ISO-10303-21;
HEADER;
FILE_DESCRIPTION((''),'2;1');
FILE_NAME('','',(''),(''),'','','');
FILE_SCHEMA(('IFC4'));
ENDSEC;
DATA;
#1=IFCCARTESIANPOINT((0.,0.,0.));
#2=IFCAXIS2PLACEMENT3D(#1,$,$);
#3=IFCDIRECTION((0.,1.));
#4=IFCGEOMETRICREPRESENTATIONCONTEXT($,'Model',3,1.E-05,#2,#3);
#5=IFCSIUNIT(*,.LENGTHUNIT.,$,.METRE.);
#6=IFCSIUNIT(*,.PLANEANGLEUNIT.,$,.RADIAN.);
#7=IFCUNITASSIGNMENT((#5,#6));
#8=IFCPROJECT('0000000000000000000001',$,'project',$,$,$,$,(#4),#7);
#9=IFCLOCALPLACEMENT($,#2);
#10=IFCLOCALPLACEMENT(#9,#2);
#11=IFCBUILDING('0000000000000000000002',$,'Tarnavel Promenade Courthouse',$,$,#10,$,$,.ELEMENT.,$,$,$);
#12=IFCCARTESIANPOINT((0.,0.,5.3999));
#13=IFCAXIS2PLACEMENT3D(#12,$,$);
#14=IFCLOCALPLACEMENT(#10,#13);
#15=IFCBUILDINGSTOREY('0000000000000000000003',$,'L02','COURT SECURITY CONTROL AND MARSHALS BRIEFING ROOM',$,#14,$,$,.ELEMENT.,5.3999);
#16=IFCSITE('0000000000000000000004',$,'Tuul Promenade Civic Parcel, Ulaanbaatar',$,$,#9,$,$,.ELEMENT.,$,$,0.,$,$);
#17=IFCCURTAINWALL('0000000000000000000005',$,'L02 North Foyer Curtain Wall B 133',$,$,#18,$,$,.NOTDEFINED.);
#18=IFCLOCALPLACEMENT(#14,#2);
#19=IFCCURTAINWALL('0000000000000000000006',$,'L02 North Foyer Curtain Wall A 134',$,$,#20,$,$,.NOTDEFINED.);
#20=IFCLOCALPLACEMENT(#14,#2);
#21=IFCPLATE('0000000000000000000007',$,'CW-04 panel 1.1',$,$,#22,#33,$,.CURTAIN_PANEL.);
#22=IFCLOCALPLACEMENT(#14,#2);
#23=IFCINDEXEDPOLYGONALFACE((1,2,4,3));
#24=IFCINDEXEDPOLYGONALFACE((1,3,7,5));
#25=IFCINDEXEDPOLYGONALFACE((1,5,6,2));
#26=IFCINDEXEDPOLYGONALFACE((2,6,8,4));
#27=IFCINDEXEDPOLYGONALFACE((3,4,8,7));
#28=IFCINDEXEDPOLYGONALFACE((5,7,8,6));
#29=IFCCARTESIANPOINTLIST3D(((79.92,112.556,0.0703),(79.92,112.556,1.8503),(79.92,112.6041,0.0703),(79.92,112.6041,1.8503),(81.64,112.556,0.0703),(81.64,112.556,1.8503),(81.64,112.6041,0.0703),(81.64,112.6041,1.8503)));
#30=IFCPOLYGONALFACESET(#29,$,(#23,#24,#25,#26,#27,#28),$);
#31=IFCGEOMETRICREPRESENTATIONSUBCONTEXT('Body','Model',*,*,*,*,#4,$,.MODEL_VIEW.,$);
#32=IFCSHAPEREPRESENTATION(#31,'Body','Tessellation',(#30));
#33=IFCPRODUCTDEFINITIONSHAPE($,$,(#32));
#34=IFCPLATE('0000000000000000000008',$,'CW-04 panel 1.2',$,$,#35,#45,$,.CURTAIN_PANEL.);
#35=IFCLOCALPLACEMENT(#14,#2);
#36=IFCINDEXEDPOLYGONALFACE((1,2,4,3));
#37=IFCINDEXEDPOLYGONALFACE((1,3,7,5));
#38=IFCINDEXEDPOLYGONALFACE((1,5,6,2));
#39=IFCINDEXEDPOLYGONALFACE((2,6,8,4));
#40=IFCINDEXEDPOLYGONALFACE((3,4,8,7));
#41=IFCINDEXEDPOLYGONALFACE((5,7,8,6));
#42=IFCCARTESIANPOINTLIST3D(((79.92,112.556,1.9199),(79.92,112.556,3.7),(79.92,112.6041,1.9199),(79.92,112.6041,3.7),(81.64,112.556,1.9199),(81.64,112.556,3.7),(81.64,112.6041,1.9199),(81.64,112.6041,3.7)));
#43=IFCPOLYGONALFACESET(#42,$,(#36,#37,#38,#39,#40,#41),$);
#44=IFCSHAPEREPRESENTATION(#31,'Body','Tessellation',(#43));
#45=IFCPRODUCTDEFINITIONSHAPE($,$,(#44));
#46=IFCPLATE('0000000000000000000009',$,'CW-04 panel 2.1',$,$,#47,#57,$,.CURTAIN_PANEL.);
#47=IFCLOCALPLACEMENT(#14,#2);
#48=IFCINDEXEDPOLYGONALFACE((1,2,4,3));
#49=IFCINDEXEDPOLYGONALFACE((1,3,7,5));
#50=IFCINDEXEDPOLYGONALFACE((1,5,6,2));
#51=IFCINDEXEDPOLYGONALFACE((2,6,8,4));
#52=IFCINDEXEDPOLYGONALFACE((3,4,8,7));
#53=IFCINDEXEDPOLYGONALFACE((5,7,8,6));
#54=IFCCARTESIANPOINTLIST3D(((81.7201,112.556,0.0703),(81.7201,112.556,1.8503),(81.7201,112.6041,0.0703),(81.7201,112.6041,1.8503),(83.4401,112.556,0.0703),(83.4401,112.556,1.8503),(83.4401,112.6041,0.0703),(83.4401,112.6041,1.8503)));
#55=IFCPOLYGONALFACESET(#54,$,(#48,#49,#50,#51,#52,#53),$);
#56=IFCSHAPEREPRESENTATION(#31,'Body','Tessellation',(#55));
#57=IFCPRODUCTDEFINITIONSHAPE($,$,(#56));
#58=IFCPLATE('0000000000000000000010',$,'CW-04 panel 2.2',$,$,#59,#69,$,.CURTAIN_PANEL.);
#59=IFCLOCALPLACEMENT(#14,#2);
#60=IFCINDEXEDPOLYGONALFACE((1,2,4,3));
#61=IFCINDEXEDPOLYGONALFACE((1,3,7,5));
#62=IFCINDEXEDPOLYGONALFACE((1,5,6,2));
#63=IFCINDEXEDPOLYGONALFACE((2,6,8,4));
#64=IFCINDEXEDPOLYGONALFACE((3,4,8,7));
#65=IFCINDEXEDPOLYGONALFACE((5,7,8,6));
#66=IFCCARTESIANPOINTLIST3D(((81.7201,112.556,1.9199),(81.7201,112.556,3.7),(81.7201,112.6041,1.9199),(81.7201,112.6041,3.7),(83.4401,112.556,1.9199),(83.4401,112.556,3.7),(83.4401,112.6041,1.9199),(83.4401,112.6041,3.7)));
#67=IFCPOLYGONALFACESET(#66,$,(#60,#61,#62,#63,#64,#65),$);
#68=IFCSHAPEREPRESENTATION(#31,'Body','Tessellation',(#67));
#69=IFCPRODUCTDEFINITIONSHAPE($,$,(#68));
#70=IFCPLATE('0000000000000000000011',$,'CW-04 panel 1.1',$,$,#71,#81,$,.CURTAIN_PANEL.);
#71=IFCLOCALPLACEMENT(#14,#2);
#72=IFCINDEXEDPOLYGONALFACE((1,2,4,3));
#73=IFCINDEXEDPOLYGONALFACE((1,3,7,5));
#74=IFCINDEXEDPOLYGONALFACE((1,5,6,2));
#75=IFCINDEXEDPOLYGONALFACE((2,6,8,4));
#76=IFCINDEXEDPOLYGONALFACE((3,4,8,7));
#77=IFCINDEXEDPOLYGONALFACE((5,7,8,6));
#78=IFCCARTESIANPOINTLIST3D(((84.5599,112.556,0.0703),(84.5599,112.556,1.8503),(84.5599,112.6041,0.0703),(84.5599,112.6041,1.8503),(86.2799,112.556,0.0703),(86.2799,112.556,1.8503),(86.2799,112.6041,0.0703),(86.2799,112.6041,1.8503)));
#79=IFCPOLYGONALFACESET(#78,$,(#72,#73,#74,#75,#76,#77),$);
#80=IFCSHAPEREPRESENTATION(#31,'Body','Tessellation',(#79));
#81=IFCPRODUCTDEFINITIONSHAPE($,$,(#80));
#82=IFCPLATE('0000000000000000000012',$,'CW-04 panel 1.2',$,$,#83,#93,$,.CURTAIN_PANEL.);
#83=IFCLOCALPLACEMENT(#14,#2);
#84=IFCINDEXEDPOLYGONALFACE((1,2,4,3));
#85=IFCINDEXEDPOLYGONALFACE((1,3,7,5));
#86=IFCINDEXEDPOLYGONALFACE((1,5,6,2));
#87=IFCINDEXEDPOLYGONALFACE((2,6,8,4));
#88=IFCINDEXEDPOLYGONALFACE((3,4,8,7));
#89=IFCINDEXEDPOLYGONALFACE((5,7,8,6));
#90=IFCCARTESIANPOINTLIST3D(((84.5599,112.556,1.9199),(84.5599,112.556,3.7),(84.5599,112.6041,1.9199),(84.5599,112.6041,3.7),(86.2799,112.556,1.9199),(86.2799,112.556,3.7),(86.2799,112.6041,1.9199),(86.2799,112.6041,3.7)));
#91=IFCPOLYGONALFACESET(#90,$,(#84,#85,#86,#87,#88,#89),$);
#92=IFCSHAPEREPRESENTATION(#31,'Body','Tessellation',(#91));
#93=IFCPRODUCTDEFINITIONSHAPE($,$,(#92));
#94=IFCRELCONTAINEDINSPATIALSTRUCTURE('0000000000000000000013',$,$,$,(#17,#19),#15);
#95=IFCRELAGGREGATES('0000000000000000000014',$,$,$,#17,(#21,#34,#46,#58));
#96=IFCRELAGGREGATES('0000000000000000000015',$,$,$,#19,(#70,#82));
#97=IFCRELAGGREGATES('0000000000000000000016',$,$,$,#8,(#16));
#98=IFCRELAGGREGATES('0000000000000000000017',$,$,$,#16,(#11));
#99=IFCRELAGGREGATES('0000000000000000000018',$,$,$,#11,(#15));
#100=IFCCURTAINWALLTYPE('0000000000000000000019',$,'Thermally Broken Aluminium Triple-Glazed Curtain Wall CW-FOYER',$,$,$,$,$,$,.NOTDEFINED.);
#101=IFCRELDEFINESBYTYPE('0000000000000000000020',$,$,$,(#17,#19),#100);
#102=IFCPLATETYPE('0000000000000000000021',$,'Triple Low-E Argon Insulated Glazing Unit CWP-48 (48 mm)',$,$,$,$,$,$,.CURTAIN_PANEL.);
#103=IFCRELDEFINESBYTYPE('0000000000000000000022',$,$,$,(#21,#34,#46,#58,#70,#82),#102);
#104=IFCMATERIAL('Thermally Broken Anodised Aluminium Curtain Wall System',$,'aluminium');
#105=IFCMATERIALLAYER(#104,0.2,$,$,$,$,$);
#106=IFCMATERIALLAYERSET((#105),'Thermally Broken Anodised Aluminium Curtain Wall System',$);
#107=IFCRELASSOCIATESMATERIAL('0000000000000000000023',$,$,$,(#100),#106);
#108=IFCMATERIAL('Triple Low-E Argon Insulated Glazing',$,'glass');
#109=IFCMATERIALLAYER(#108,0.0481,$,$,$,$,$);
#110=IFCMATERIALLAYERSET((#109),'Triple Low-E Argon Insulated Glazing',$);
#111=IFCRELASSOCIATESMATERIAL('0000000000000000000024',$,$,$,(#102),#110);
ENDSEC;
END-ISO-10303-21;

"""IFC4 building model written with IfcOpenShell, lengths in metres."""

from ifc_helpers import new_model, si_unit, direction, frame, origin, origin_2d, place, context, subcontext, project, spatial, rectangle, extrude, material, layer, layer_set, type_object, element, aggregate, save


model = new_model("IFC4")

# Units and contexts
model_context = context("Model", 3, precision=1e-05, world=origin(), true_north=direction((0.0, 1.0)))
body_context = subcontext(model_context, "Body", "Model", "MODEL_VIEW")
ifc_project = project(units=[si_unit("LENGTHUNIT", "METRE"), si_unit("PLANEANGLEUNIT", "RADIAN")], contexts=[model_context])

# Site, building, storey
site_placement = place(None, origin())
site = spatial("IfcSite", under=ifc_project, at=site_placement, Name="Tuul Promenade Civic Parcel, Ulaanbaatar", CompositionType="ELEMENT", RefElevation=0.0)
building_placement = place(site_placement, origin())
building = spatial("IfcBuilding", under=site, at=building_placement, Name="Tarnavel Promenade Courthouse", CompositionType="ELEMENT")
storey_placement = place(building_placement, frame((0.0, 0.0, 5.3999)))
storey = spatial("IfcBuildingStorey", under=building, at=storey_placement, Name="L02", Description="COURT SECURITY CONTROL AND MARSHALS BRIEFING ROOM", CompositionType="ELEMENT", Elevation=5.3999)

# Curtain walls
ifc_material_1 = material(Name="Thermally Broken Anodised Aluminium Curtain Wall System", Category="aluminium")
ifc_layer_1 = layer(ifc_material_1, 0.2)
ifc_layer_set_1 = layer_set([ifc_layer_1], Name="Thermally Broken Anodised Aluminium Curtain Wall System")
curtain_wall_type = type_object("IfcCurtainWallType", Name="Thermally Broken Aluminium Triple-Glazed Curtain Wall CW-FOYER", PredefinedType="NOTDEFINED", material=ifc_layer_set_1)
curtain_wall_1_placement = place(storey_placement, origin())
curtain_wall_1 = element("IfcCurtainWall", 1, at=curtain_wall_1_placement, inside=storey, type_object=curtain_wall_type, Name="L02 North Foyer Curtain Wall B 133", PredefinedType="NOTDEFINED")
curtain_wall_2_placement = place(storey_placement, origin())
curtain_wall_2 = element("IfcCurtainWall", 2, at=curtain_wall_2_placement, inside=storey, type_object=curtain_wall_type, Name="L02 North Foyer Curtain Wall A 134", PredefinedType="NOTDEFINED")

# Plates
ifc_material_2 = material(Name="Triple Low-E Argon Insulated Glazing", Category="glass")
ifc_layer_2 = layer(ifc_material_2, 0.0481)
ifc_layer_set_2 = layer_set([ifc_layer_2], Name="Triple Low-E Argon Insulated Glazing")
plate_type = type_object("IfcPlateType", Name="Triple Low-E Argon Insulated Glazing Unit CWP-48 (48 mm)", PredefinedType="CURTAIN_PANEL", material=ifc_layer_set_2)
plate_1_placement = place(storey_placement, frame((80.78, 112.5801, 0.0703), z_axis=(0.0, 0.0, 1.0), x_axis=(1.0, 0.0, 0.0)))
plate_1 = element("IfcPlate", 3, at=plate_1_placement, type_object=plate_type, Name="CW-04 panel 1.1", PredefinedType="CURTAIN_PANEL", context=body_context, shape_type="SweptSolid", body=[
    extrude(rectangle(XDim=1.72, YDim=0.0481, at=origin_2d()), origin(), (0.0, 0.0, 1.0), 1.78),
])
plate_2_placement = place(storey_placement, frame((80.78, 112.5801, 1.9199), z_axis=(0.0, 0.0, 1.0), x_axis=(1.0, 0.0, 0.0)))
plate_2 = element("IfcPlate", 4, at=plate_2_placement, type_object=plate_type, Name="CW-04 panel 1.2", PredefinedType="CURTAIN_PANEL", context=body_context, shape_type="SweptSolid", body=[
    extrude(rectangle(XDim=1.72, YDim=0.0481, at=origin_2d()), origin(), (0.0, 0.0, 1.0), 1.78),
])
plate_3_placement = place(storey_placement, frame((82.5801, 112.5801, 0.0703), z_axis=(0.0, 0.0, 1.0), x_axis=(1.0, 0.0, 0.0)))
plate_3 = element("IfcPlate", 5, at=plate_3_placement, type_object=plate_type, Name="CW-04 panel 2.1", PredefinedType="CURTAIN_PANEL", context=body_context, shape_type="SweptSolid", body=[
    extrude(rectangle(XDim=1.72, YDim=0.0481, at=origin_2d()), origin(), (0.0, 0.0, 1.0), 1.78),
])
plate_4_placement = place(storey_placement, frame((82.5801, 112.5801, 1.9199), z_axis=(0.0, 0.0, 1.0), x_axis=(1.0, 0.0, 0.0)))
plate_4 = element("IfcPlate", 6, at=plate_4_placement, type_object=plate_type, Name="CW-04 panel 2.2", PredefinedType="CURTAIN_PANEL", context=body_context, shape_type="SweptSolid", body=[
    extrude(rectangle(XDim=1.72, YDim=0.0481, at=origin_2d()), origin(), (0.0, 0.0, 1.0), 1.78),
])
aggregate(curtain_wall_1, [plate_1, plate_2, plate_3, plate_4])
plate_5_placement = place(storey_placement, frame((85.4199, 112.5801, 0.0703), z_axis=(0.0, 0.0, 1.0), x_axis=(1.0, 0.0, 0.0)))
plate_5 = element("IfcPlate", 7, at=plate_5_placement, type_object=plate_type, Name="CW-04 panel 1.1", PredefinedType="CURTAIN_PANEL", context=body_context, shape_type="SweptSolid", body=[
    extrude(rectangle(XDim=1.72, YDim=0.0481, at=origin_2d()), origin(), (0.0, 0.0, 1.0), 1.78),
])
plate_6_placement = place(storey_placement, frame((85.4199, 112.5801, 1.9199), z_axis=(0.0, 0.0, 1.0), x_axis=(1.0, 0.0, 0.0)))
plate_6 = element("IfcPlate", 8, at=plate_6_placement, type_object=plate_type, Name="CW-04 panel 1.2", PredefinedType="CURTAIN_PANEL", context=body_context, shape_type="SweptSolid", body=[
    extrude(rectangle(XDim=1.72, YDim=0.0481, at=origin_2d()), origin(), (0.0, 0.0, 1.0), 1.78),
])
aggregate(curtain_wall_2, [plate_5, plate_6])

save(model, "model.ifc")
